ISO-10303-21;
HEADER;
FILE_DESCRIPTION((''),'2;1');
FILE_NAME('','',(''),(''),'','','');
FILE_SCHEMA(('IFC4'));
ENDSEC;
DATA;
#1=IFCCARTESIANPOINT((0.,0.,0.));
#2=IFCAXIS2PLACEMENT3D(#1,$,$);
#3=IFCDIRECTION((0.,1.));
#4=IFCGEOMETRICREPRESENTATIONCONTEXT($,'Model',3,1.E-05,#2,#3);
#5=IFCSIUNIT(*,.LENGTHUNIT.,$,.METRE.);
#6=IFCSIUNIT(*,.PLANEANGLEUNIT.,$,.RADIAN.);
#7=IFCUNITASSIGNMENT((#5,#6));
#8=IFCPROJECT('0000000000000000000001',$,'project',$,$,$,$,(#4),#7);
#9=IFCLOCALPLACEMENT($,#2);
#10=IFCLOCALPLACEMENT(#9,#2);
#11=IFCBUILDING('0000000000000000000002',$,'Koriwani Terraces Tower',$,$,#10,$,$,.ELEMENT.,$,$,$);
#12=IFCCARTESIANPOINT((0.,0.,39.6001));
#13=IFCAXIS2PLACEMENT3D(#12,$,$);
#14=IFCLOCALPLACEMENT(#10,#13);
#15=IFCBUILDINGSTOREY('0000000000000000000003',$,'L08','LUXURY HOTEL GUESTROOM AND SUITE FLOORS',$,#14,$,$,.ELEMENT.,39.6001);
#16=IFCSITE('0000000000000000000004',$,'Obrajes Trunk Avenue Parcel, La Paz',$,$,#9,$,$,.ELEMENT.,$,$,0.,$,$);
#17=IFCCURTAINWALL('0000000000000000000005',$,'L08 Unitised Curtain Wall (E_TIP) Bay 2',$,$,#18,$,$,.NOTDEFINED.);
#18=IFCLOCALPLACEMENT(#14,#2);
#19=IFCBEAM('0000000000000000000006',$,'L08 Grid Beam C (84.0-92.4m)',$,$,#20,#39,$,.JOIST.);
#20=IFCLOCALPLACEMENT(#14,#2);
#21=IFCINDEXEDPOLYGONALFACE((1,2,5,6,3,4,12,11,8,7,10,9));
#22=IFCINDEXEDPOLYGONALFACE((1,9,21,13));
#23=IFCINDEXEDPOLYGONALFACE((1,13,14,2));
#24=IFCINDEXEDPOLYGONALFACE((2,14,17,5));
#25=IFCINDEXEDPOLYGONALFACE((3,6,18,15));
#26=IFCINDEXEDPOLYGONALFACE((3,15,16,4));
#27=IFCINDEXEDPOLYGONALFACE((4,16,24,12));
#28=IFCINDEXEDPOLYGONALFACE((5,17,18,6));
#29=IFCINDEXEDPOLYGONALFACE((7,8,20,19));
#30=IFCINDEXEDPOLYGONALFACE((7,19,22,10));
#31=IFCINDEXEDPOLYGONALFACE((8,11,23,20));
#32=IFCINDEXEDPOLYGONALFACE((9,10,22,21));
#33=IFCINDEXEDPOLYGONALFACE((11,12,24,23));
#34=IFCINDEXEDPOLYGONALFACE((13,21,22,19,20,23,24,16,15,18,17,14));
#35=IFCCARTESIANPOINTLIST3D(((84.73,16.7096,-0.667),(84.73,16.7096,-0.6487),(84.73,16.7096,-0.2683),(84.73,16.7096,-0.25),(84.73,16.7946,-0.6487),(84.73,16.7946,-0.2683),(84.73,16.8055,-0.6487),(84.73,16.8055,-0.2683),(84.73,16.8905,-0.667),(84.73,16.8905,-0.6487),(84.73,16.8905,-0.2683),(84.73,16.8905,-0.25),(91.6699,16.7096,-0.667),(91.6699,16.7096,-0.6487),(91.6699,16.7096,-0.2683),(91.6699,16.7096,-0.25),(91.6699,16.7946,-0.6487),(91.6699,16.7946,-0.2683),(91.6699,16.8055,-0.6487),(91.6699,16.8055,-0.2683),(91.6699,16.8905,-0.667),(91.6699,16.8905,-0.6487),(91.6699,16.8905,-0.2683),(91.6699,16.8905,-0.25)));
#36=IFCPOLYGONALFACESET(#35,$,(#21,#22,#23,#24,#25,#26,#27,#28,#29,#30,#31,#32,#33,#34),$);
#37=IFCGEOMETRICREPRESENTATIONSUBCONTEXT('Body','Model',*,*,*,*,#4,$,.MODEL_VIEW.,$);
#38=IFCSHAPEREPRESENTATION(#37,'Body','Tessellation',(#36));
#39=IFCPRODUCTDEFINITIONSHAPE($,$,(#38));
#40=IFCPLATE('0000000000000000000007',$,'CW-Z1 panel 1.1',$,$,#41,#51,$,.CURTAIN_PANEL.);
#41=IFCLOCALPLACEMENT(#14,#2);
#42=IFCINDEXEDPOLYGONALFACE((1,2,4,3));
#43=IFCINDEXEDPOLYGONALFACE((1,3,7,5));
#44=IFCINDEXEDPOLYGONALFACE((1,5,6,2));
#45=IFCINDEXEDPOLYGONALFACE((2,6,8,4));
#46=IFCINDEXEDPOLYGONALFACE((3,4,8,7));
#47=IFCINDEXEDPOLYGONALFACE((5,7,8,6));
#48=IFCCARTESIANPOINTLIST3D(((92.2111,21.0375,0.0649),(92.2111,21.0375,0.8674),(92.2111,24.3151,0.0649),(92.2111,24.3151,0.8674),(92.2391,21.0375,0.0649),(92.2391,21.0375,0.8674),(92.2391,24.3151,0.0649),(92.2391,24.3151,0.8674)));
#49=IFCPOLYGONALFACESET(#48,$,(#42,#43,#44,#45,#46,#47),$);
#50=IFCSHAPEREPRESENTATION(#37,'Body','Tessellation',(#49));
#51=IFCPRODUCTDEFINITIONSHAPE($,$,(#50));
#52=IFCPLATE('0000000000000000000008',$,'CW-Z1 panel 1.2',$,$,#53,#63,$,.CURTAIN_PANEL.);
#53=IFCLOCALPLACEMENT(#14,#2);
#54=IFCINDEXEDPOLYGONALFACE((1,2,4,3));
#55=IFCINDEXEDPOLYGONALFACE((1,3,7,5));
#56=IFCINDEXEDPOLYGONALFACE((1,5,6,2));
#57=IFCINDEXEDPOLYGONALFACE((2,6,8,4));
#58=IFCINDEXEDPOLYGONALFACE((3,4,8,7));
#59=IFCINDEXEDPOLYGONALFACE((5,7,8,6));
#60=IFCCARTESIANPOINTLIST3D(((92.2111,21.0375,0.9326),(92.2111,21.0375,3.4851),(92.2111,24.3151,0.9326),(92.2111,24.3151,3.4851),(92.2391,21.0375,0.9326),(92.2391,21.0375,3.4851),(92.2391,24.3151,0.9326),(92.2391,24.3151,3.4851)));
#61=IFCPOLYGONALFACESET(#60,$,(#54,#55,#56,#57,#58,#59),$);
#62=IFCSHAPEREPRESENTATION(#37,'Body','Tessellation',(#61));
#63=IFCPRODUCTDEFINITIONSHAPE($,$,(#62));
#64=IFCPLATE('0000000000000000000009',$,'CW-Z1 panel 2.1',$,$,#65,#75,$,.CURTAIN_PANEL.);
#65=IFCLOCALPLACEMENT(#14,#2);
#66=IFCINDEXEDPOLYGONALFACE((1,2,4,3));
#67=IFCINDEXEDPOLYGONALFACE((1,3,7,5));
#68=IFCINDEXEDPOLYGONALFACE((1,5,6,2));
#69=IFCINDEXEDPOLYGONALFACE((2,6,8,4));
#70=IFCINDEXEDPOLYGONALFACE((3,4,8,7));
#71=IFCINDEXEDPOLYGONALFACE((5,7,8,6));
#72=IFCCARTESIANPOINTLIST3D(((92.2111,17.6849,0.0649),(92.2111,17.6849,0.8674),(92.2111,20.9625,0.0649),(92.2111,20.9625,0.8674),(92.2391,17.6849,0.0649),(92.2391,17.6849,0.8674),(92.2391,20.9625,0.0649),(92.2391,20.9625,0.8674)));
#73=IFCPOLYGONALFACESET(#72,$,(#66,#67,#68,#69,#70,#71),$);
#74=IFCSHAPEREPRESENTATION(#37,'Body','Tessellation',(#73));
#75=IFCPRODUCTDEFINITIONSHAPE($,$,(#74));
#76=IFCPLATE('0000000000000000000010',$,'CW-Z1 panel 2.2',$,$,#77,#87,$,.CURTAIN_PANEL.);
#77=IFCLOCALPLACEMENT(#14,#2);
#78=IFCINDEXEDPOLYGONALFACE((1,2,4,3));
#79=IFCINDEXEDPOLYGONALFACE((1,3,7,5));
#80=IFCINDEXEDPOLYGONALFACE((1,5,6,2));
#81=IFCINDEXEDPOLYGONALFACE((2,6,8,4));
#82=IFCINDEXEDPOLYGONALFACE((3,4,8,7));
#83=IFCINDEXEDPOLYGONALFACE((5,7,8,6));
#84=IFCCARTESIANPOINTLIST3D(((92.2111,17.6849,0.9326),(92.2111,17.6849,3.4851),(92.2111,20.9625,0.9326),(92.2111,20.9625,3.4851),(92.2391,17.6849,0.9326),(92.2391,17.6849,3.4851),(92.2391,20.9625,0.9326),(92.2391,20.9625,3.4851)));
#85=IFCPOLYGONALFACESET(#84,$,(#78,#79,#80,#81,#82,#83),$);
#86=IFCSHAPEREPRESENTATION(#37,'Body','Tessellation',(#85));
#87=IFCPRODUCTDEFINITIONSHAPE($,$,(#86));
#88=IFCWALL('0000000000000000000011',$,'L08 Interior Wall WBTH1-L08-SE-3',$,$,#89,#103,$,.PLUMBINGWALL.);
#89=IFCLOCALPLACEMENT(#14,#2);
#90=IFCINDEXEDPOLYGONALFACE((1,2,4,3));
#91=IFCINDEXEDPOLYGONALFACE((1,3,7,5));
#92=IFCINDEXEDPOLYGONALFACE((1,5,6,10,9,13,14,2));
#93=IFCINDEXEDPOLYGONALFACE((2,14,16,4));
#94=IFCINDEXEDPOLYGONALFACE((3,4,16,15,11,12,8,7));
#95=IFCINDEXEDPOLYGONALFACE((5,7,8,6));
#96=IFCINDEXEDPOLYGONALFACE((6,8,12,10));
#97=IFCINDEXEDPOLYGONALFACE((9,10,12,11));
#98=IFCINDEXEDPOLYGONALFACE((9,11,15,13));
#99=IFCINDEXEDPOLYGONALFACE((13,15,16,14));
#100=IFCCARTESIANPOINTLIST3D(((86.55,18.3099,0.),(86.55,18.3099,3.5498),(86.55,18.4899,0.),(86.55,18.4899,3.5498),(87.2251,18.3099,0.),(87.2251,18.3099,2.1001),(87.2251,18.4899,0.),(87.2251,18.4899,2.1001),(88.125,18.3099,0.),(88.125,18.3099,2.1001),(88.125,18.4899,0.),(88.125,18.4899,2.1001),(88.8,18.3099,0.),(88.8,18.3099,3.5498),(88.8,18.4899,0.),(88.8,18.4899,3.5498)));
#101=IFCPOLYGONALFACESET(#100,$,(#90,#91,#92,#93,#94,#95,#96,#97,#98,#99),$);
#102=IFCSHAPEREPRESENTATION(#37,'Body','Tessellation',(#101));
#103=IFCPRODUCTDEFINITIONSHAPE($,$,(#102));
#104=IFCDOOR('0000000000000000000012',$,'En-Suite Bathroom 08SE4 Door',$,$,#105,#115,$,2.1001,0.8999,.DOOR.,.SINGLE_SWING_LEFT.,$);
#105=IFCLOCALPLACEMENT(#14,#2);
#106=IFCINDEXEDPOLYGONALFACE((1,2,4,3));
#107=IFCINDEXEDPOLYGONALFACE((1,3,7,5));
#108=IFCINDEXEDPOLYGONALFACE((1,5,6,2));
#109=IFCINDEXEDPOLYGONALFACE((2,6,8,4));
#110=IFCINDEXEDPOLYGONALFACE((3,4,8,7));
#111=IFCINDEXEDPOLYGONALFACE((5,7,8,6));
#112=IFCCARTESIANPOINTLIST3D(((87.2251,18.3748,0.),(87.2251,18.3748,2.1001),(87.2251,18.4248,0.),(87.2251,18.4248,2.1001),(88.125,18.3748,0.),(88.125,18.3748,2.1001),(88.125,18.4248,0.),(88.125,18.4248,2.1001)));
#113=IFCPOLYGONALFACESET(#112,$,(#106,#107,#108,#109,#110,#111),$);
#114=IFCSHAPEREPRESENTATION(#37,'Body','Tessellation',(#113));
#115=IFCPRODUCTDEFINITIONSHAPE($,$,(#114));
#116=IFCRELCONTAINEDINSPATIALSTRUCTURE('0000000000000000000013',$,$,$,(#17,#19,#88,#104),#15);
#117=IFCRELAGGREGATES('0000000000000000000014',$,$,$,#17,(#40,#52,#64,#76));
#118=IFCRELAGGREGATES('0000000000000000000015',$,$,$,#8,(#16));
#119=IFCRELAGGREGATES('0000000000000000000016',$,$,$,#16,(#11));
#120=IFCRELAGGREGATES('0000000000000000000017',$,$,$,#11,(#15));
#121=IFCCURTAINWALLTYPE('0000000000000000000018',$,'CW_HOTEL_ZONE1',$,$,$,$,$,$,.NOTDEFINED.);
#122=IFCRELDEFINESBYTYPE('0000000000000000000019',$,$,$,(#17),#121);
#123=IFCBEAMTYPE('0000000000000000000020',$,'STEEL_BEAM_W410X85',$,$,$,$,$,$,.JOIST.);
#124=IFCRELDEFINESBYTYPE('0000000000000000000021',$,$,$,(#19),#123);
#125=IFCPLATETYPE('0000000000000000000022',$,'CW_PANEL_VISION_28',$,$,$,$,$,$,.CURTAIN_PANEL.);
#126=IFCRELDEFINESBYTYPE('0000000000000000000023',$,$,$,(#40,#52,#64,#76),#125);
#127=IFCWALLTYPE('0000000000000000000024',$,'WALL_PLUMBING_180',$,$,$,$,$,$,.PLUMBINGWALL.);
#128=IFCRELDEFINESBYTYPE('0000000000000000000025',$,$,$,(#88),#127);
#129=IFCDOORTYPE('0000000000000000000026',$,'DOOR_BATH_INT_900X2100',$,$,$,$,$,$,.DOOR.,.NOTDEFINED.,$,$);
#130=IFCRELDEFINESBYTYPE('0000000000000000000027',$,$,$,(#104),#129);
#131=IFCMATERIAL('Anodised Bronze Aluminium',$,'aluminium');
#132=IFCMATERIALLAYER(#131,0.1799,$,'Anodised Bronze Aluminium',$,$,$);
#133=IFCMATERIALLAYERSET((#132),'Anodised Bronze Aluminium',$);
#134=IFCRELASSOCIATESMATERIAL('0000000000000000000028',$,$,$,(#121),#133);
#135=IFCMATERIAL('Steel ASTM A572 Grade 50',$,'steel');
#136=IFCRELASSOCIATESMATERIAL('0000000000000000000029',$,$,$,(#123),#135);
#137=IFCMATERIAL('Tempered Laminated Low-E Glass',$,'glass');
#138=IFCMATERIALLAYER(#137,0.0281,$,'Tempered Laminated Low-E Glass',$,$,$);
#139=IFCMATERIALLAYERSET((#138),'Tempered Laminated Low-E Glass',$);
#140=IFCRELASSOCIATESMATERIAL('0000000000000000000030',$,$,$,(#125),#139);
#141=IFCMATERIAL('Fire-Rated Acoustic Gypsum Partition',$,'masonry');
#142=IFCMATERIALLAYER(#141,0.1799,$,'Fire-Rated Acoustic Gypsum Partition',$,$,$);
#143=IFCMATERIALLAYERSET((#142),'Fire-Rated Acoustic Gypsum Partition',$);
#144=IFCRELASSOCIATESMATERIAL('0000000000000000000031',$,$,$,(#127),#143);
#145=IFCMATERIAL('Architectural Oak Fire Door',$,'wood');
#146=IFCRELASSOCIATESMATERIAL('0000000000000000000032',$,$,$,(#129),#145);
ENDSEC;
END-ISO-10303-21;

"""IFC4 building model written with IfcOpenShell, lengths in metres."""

from ifc_helpers import new_model, si_unit, direction, frame, frame_2d, origin, origin_2d, place, context, subcontext, project, spatial, rectangle, i_section, extrude, material, layer, layer_set, material_profile, profile_set, type_object, element, fill, aggregate, save


model = new_model("IFC4")

# Units and contexts
model_context = context("Model", 3, precision=1e-05, world=origin(), true_north=direction((0.0, 1.0)))
body_context = subcontext(model_context, "Body", "Model", "MODEL_VIEW")
ifc_project = project(units=[si_unit("LENGTHUNIT", "METRE"), si_unit("PLANEANGLEUNIT", "RADIAN")], contexts=[model_context])

# Site, building, storey
site_placement = place(None, origin())
site = spatial("IfcSite", under=ifc_project, at=site_placement, Name="Obrajes Trunk Avenue Parcel, La Paz", CompositionType="ELEMENT", RefElevation=0.0)
building_placement = place(site_placement, origin())
building = spatial("IfcBuilding", under=site, at=building_placement, Name="Koriwani Terraces Tower", CompositionType="ELEMENT")
storey_placement = place(building_placement, frame((0.0, 0.0, 39.6001)))
storey = spatial("IfcBuildingStorey", under=building, at=storey_placement, Name="L08", Description="LUXURY HOTEL GUESTROOM AND SUITE FLOORS", CompositionType="ELEMENT", Elevation=39.6001)

# Curtain wall
ifc_material_1 = material(Name="Anodised Bronze Aluminium", Category="aluminium")
ifc_layer_1 = layer(ifc_material_1, 0.1799, Name="Anodised Bronze Aluminium")
ifc_layer_set_1 = layer_set([ifc_layer_1], Name="Anodised Bronze Aluminium")
curtain_wall_type = type_object("IfcCurtainWallType", Name="CW_HOTEL_ZONE1", PredefinedType="NOTDEFINED", material=ifc_layer_set_1)
curtain_wall_placement = place(storey_placement, origin())
curtain_wall = element("IfcCurtainWall", 1, at=curtain_wall_placement, inside=storey, type_object=curtain_wall_type, Name="L08 Unitised Curtain Wall (E_TIP) Bay 2", PredefinedType="NOTDEFINED")

# Beam
ifc_material_2 = material(Name="Steel ASTM A572 Grade 50", Category="steel")
ifc_material_profile_1 = material_profile(ifc_material_2, i_section(OverallWidth=0.1809, OverallDepth=0.417, WebThickness=0.011, FlangeThickness=0.0183, at=origin_2d()), Name="Steel ASTM A572 Grade 50", Category="LoadBearing")
ifc_profile_set_1 = profile_set([ifc_material_profile_1], Name="Steel ASTM A572 Grade 50")
beam_type_1 = type_object("IfcBeamType", Name="STEEL_BEAM_W410X85", PredefinedType="JOIST", material=ifc_profile_set_1)
beam_1_placement = place(storey_placement, frame((84.73, 16.8, -0.4585), z_axis=(1.0, 0.0, 0.0), x_axis=(0.0, 1.0, 0.0)))
element("IfcBeam", 2, at=beam_1_placement, inside=storey, type_object=beam_type_1, Name="L08 Grid Beam C (84.0-92.4m)", PredefinedType="JOIST", context=body_context, shape_type="SweptSolid", body=[
    extrude(i_section(OverallWidth=0.1809, OverallDepth=0.417, WebThickness=0.011, FlangeThickness=0.0183, at=origin_2d()), origin(), (0.0, 0.0, 1.0), 6.9399),
])

# Plates
ifc_material_3 = material(Name="Tempered Laminated Low-E Glass", Category="glass")
ifc_layer_2 = layer(ifc_material_3, 0.0281, Name="Tempered Laminated Low-E Glass")
ifc_layer_set_2 = layer_set([ifc_layer_2], Name="Tempered Laminated Low-E Glass")
plate_type = type_object("IfcPlateType", Name="CW_PANEL_VISION_28", PredefinedType="CURTAIN_PANEL", material=ifc_layer_set_2)
plate_1_placement = place(storey_placement, frame((92.2251, 22.6763, 0.0649), z_axis=(0.0, 0.0, 1.0), x_axis=(0.0, -1.0, 0.0)))
plate_1 = element("IfcPlate", 3, at=plate_1_placement, type_object=plate_type, Name="CW-Z1 panel 1.1", PredefinedType="CURTAIN_PANEL", context=body_context, shape_type="SweptSolid", body=[
    extrude(rectangle(XDim=3.2776, YDim=0.0281, at=origin_2d()), origin(), (0.0, 0.0, 1.0), 0.8025),
])
plate_2_placement = place(storey_placement, frame((92.2251, 22.6763, 0.9326), z_axis=(0.0, 0.0, 1.0), x_axis=(0.0, -1.0, 0.0)))
plate_2 = element("IfcPlate", 4, at=plate_2_placement, type_object=plate_type, Name="CW-Z1 panel 1.2", PredefinedType="CURTAIN_PANEL", context=body_context, shape_type="SweptSolid", body=[
    extrude(rectangle(XDim=3.2776, YDim=0.0281, at=origin_2d()), origin(), (0.0, 0.0, 1.0), 2.5525),
])
plate_3_placement = place(storey_placement, frame((92.2251, 19.3237, 0.0649), z_axis=(0.0, 0.0, 1.0), x_axis=(0.0, -1.0, 0.0)))
plate_3 = element("IfcPlate", 5, at=plate_3_placement, type_object=plate_type, Name="CW-Z1 panel 2.1", PredefinedType="CURTAIN_PANEL", context=body_context, shape_type="SweptSolid", body=[
    extrude(rectangle(XDim=3.2776, YDim=0.0281, at=origin_2d()), origin(), (0.0, 0.0, 1.0), 0.8025),
])
plate_4_placement = place(storey_placement, frame((92.2251, 19.3237, 0.9326), z_axis=(0.0, 0.0, 1.0), x_axis=(0.0, -1.0, 0.0)))
plate_4 = element("IfcPlate", 6, at=plate_4_placement, type_object=plate_type, Name="CW-Z1 panel 2.2", PredefinedType="CURTAIN_PANEL", context=body_context, shape_type="SweptSolid", body=[
    extrude(rectangle(XDim=3.2776, YDim=0.0281, at=origin_2d()), origin(), (0.0, 0.0, 1.0), 2.5525),
])
aggregate(curtain_wall, [plate_1, plate_2, plate_3, plate_4])

# Wall, opening, door
ifc_material_4 = material(Name="Fire-Rated Acoustic Gypsum Partition", Category="masonry")
ifc_layer_3 = layer(ifc_material_4, 0.1799, Name="Fire-Rated Acoustic Gypsum Partition")
ifc_layer_set_3 = layer_set([ifc_layer_3], Name="Fire-Rated Acoustic Gypsum Partition")
wall_type = type_object("IfcWallType", Name="WALL_PLUMBING_180", PredefinedType="PLUMBINGWALL", material=ifc_layer_set_3)
wall_placement = place(storey_placement, frame((86.55, 18.3999, 0.0), z_axis=(0.0, 0.0, 1.0), x_axis=(1.0, 0.0, 0.0)))
wall = element("IfcWall", 7, at=wall_placement, inside=storey, type_object=wall_type, Name="L08 Interior Wall WBTH1-L08-SE-3", PredefinedType="PLUMBINGWALL", context=body_context, shape_type="SweptSolid", body=[
    extrude(rectangle(XDim=2.25, YDim=0.1799, at=frame_2d((1.125, 0.0))), origin(), (0.0, 0.0, 1.0), 3.5498),
])
opening_placement = place(wall_placement, frame((0.675, 0.0, 0.0)))
opening = element("IfcOpeningElement", 8, at=opening_placement, cuts=wall, PredefinedType="OPENING", context=body_context, shape_type="SweptSolid", body=[
    extrude(rectangle(XDim=0.8999, YDim=2.1001, at=frame_2d((0.45, 1.05))), frame((0.0, 0.1001, 0.0), z_axis=(0.0, -1.0, 0.0), x_axis=(1.0, 0.0, 0.0)), (0.0, 0.0, 1.0), 0.2),
])
ifc_material_5 = material(Name="Architectural Oak Fire Door", Category="wood")
door_type = type_object("IfcDoorType", Name="DOOR_BATH_INT_900X2100", OperationType="NOTDEFINED", PredefinedType="DOOR", material=ifc_material_5)
door_placement = place(opening_placement, origin())
door = element("IfcDoor", 9, at=door_placement, inside=storey, type_object=door_type, Name="En-Suite Bathroom 08SE4 Door", OperationType="SINGLE_SWING_LEFT", OverallHeight=2.1001, OverallWidth=0.8999, PredefinedType="DOOR", context=body_context, shape_type="SweptSolid", body=[
    extrude(rectangle(XDim=0.8999, YDim=2.1001, at=frame_2d((0.45, 1.05))), frame((0.0, 0.0249, 0.0), z_axis=(0.0, -1.0, 0.0), x_axis=(1.0, 0.0, 0.0)), (0.0, 0.0, 1.0), 0.05),
])
fill(opening, door)

save(model, "model.ifc")
